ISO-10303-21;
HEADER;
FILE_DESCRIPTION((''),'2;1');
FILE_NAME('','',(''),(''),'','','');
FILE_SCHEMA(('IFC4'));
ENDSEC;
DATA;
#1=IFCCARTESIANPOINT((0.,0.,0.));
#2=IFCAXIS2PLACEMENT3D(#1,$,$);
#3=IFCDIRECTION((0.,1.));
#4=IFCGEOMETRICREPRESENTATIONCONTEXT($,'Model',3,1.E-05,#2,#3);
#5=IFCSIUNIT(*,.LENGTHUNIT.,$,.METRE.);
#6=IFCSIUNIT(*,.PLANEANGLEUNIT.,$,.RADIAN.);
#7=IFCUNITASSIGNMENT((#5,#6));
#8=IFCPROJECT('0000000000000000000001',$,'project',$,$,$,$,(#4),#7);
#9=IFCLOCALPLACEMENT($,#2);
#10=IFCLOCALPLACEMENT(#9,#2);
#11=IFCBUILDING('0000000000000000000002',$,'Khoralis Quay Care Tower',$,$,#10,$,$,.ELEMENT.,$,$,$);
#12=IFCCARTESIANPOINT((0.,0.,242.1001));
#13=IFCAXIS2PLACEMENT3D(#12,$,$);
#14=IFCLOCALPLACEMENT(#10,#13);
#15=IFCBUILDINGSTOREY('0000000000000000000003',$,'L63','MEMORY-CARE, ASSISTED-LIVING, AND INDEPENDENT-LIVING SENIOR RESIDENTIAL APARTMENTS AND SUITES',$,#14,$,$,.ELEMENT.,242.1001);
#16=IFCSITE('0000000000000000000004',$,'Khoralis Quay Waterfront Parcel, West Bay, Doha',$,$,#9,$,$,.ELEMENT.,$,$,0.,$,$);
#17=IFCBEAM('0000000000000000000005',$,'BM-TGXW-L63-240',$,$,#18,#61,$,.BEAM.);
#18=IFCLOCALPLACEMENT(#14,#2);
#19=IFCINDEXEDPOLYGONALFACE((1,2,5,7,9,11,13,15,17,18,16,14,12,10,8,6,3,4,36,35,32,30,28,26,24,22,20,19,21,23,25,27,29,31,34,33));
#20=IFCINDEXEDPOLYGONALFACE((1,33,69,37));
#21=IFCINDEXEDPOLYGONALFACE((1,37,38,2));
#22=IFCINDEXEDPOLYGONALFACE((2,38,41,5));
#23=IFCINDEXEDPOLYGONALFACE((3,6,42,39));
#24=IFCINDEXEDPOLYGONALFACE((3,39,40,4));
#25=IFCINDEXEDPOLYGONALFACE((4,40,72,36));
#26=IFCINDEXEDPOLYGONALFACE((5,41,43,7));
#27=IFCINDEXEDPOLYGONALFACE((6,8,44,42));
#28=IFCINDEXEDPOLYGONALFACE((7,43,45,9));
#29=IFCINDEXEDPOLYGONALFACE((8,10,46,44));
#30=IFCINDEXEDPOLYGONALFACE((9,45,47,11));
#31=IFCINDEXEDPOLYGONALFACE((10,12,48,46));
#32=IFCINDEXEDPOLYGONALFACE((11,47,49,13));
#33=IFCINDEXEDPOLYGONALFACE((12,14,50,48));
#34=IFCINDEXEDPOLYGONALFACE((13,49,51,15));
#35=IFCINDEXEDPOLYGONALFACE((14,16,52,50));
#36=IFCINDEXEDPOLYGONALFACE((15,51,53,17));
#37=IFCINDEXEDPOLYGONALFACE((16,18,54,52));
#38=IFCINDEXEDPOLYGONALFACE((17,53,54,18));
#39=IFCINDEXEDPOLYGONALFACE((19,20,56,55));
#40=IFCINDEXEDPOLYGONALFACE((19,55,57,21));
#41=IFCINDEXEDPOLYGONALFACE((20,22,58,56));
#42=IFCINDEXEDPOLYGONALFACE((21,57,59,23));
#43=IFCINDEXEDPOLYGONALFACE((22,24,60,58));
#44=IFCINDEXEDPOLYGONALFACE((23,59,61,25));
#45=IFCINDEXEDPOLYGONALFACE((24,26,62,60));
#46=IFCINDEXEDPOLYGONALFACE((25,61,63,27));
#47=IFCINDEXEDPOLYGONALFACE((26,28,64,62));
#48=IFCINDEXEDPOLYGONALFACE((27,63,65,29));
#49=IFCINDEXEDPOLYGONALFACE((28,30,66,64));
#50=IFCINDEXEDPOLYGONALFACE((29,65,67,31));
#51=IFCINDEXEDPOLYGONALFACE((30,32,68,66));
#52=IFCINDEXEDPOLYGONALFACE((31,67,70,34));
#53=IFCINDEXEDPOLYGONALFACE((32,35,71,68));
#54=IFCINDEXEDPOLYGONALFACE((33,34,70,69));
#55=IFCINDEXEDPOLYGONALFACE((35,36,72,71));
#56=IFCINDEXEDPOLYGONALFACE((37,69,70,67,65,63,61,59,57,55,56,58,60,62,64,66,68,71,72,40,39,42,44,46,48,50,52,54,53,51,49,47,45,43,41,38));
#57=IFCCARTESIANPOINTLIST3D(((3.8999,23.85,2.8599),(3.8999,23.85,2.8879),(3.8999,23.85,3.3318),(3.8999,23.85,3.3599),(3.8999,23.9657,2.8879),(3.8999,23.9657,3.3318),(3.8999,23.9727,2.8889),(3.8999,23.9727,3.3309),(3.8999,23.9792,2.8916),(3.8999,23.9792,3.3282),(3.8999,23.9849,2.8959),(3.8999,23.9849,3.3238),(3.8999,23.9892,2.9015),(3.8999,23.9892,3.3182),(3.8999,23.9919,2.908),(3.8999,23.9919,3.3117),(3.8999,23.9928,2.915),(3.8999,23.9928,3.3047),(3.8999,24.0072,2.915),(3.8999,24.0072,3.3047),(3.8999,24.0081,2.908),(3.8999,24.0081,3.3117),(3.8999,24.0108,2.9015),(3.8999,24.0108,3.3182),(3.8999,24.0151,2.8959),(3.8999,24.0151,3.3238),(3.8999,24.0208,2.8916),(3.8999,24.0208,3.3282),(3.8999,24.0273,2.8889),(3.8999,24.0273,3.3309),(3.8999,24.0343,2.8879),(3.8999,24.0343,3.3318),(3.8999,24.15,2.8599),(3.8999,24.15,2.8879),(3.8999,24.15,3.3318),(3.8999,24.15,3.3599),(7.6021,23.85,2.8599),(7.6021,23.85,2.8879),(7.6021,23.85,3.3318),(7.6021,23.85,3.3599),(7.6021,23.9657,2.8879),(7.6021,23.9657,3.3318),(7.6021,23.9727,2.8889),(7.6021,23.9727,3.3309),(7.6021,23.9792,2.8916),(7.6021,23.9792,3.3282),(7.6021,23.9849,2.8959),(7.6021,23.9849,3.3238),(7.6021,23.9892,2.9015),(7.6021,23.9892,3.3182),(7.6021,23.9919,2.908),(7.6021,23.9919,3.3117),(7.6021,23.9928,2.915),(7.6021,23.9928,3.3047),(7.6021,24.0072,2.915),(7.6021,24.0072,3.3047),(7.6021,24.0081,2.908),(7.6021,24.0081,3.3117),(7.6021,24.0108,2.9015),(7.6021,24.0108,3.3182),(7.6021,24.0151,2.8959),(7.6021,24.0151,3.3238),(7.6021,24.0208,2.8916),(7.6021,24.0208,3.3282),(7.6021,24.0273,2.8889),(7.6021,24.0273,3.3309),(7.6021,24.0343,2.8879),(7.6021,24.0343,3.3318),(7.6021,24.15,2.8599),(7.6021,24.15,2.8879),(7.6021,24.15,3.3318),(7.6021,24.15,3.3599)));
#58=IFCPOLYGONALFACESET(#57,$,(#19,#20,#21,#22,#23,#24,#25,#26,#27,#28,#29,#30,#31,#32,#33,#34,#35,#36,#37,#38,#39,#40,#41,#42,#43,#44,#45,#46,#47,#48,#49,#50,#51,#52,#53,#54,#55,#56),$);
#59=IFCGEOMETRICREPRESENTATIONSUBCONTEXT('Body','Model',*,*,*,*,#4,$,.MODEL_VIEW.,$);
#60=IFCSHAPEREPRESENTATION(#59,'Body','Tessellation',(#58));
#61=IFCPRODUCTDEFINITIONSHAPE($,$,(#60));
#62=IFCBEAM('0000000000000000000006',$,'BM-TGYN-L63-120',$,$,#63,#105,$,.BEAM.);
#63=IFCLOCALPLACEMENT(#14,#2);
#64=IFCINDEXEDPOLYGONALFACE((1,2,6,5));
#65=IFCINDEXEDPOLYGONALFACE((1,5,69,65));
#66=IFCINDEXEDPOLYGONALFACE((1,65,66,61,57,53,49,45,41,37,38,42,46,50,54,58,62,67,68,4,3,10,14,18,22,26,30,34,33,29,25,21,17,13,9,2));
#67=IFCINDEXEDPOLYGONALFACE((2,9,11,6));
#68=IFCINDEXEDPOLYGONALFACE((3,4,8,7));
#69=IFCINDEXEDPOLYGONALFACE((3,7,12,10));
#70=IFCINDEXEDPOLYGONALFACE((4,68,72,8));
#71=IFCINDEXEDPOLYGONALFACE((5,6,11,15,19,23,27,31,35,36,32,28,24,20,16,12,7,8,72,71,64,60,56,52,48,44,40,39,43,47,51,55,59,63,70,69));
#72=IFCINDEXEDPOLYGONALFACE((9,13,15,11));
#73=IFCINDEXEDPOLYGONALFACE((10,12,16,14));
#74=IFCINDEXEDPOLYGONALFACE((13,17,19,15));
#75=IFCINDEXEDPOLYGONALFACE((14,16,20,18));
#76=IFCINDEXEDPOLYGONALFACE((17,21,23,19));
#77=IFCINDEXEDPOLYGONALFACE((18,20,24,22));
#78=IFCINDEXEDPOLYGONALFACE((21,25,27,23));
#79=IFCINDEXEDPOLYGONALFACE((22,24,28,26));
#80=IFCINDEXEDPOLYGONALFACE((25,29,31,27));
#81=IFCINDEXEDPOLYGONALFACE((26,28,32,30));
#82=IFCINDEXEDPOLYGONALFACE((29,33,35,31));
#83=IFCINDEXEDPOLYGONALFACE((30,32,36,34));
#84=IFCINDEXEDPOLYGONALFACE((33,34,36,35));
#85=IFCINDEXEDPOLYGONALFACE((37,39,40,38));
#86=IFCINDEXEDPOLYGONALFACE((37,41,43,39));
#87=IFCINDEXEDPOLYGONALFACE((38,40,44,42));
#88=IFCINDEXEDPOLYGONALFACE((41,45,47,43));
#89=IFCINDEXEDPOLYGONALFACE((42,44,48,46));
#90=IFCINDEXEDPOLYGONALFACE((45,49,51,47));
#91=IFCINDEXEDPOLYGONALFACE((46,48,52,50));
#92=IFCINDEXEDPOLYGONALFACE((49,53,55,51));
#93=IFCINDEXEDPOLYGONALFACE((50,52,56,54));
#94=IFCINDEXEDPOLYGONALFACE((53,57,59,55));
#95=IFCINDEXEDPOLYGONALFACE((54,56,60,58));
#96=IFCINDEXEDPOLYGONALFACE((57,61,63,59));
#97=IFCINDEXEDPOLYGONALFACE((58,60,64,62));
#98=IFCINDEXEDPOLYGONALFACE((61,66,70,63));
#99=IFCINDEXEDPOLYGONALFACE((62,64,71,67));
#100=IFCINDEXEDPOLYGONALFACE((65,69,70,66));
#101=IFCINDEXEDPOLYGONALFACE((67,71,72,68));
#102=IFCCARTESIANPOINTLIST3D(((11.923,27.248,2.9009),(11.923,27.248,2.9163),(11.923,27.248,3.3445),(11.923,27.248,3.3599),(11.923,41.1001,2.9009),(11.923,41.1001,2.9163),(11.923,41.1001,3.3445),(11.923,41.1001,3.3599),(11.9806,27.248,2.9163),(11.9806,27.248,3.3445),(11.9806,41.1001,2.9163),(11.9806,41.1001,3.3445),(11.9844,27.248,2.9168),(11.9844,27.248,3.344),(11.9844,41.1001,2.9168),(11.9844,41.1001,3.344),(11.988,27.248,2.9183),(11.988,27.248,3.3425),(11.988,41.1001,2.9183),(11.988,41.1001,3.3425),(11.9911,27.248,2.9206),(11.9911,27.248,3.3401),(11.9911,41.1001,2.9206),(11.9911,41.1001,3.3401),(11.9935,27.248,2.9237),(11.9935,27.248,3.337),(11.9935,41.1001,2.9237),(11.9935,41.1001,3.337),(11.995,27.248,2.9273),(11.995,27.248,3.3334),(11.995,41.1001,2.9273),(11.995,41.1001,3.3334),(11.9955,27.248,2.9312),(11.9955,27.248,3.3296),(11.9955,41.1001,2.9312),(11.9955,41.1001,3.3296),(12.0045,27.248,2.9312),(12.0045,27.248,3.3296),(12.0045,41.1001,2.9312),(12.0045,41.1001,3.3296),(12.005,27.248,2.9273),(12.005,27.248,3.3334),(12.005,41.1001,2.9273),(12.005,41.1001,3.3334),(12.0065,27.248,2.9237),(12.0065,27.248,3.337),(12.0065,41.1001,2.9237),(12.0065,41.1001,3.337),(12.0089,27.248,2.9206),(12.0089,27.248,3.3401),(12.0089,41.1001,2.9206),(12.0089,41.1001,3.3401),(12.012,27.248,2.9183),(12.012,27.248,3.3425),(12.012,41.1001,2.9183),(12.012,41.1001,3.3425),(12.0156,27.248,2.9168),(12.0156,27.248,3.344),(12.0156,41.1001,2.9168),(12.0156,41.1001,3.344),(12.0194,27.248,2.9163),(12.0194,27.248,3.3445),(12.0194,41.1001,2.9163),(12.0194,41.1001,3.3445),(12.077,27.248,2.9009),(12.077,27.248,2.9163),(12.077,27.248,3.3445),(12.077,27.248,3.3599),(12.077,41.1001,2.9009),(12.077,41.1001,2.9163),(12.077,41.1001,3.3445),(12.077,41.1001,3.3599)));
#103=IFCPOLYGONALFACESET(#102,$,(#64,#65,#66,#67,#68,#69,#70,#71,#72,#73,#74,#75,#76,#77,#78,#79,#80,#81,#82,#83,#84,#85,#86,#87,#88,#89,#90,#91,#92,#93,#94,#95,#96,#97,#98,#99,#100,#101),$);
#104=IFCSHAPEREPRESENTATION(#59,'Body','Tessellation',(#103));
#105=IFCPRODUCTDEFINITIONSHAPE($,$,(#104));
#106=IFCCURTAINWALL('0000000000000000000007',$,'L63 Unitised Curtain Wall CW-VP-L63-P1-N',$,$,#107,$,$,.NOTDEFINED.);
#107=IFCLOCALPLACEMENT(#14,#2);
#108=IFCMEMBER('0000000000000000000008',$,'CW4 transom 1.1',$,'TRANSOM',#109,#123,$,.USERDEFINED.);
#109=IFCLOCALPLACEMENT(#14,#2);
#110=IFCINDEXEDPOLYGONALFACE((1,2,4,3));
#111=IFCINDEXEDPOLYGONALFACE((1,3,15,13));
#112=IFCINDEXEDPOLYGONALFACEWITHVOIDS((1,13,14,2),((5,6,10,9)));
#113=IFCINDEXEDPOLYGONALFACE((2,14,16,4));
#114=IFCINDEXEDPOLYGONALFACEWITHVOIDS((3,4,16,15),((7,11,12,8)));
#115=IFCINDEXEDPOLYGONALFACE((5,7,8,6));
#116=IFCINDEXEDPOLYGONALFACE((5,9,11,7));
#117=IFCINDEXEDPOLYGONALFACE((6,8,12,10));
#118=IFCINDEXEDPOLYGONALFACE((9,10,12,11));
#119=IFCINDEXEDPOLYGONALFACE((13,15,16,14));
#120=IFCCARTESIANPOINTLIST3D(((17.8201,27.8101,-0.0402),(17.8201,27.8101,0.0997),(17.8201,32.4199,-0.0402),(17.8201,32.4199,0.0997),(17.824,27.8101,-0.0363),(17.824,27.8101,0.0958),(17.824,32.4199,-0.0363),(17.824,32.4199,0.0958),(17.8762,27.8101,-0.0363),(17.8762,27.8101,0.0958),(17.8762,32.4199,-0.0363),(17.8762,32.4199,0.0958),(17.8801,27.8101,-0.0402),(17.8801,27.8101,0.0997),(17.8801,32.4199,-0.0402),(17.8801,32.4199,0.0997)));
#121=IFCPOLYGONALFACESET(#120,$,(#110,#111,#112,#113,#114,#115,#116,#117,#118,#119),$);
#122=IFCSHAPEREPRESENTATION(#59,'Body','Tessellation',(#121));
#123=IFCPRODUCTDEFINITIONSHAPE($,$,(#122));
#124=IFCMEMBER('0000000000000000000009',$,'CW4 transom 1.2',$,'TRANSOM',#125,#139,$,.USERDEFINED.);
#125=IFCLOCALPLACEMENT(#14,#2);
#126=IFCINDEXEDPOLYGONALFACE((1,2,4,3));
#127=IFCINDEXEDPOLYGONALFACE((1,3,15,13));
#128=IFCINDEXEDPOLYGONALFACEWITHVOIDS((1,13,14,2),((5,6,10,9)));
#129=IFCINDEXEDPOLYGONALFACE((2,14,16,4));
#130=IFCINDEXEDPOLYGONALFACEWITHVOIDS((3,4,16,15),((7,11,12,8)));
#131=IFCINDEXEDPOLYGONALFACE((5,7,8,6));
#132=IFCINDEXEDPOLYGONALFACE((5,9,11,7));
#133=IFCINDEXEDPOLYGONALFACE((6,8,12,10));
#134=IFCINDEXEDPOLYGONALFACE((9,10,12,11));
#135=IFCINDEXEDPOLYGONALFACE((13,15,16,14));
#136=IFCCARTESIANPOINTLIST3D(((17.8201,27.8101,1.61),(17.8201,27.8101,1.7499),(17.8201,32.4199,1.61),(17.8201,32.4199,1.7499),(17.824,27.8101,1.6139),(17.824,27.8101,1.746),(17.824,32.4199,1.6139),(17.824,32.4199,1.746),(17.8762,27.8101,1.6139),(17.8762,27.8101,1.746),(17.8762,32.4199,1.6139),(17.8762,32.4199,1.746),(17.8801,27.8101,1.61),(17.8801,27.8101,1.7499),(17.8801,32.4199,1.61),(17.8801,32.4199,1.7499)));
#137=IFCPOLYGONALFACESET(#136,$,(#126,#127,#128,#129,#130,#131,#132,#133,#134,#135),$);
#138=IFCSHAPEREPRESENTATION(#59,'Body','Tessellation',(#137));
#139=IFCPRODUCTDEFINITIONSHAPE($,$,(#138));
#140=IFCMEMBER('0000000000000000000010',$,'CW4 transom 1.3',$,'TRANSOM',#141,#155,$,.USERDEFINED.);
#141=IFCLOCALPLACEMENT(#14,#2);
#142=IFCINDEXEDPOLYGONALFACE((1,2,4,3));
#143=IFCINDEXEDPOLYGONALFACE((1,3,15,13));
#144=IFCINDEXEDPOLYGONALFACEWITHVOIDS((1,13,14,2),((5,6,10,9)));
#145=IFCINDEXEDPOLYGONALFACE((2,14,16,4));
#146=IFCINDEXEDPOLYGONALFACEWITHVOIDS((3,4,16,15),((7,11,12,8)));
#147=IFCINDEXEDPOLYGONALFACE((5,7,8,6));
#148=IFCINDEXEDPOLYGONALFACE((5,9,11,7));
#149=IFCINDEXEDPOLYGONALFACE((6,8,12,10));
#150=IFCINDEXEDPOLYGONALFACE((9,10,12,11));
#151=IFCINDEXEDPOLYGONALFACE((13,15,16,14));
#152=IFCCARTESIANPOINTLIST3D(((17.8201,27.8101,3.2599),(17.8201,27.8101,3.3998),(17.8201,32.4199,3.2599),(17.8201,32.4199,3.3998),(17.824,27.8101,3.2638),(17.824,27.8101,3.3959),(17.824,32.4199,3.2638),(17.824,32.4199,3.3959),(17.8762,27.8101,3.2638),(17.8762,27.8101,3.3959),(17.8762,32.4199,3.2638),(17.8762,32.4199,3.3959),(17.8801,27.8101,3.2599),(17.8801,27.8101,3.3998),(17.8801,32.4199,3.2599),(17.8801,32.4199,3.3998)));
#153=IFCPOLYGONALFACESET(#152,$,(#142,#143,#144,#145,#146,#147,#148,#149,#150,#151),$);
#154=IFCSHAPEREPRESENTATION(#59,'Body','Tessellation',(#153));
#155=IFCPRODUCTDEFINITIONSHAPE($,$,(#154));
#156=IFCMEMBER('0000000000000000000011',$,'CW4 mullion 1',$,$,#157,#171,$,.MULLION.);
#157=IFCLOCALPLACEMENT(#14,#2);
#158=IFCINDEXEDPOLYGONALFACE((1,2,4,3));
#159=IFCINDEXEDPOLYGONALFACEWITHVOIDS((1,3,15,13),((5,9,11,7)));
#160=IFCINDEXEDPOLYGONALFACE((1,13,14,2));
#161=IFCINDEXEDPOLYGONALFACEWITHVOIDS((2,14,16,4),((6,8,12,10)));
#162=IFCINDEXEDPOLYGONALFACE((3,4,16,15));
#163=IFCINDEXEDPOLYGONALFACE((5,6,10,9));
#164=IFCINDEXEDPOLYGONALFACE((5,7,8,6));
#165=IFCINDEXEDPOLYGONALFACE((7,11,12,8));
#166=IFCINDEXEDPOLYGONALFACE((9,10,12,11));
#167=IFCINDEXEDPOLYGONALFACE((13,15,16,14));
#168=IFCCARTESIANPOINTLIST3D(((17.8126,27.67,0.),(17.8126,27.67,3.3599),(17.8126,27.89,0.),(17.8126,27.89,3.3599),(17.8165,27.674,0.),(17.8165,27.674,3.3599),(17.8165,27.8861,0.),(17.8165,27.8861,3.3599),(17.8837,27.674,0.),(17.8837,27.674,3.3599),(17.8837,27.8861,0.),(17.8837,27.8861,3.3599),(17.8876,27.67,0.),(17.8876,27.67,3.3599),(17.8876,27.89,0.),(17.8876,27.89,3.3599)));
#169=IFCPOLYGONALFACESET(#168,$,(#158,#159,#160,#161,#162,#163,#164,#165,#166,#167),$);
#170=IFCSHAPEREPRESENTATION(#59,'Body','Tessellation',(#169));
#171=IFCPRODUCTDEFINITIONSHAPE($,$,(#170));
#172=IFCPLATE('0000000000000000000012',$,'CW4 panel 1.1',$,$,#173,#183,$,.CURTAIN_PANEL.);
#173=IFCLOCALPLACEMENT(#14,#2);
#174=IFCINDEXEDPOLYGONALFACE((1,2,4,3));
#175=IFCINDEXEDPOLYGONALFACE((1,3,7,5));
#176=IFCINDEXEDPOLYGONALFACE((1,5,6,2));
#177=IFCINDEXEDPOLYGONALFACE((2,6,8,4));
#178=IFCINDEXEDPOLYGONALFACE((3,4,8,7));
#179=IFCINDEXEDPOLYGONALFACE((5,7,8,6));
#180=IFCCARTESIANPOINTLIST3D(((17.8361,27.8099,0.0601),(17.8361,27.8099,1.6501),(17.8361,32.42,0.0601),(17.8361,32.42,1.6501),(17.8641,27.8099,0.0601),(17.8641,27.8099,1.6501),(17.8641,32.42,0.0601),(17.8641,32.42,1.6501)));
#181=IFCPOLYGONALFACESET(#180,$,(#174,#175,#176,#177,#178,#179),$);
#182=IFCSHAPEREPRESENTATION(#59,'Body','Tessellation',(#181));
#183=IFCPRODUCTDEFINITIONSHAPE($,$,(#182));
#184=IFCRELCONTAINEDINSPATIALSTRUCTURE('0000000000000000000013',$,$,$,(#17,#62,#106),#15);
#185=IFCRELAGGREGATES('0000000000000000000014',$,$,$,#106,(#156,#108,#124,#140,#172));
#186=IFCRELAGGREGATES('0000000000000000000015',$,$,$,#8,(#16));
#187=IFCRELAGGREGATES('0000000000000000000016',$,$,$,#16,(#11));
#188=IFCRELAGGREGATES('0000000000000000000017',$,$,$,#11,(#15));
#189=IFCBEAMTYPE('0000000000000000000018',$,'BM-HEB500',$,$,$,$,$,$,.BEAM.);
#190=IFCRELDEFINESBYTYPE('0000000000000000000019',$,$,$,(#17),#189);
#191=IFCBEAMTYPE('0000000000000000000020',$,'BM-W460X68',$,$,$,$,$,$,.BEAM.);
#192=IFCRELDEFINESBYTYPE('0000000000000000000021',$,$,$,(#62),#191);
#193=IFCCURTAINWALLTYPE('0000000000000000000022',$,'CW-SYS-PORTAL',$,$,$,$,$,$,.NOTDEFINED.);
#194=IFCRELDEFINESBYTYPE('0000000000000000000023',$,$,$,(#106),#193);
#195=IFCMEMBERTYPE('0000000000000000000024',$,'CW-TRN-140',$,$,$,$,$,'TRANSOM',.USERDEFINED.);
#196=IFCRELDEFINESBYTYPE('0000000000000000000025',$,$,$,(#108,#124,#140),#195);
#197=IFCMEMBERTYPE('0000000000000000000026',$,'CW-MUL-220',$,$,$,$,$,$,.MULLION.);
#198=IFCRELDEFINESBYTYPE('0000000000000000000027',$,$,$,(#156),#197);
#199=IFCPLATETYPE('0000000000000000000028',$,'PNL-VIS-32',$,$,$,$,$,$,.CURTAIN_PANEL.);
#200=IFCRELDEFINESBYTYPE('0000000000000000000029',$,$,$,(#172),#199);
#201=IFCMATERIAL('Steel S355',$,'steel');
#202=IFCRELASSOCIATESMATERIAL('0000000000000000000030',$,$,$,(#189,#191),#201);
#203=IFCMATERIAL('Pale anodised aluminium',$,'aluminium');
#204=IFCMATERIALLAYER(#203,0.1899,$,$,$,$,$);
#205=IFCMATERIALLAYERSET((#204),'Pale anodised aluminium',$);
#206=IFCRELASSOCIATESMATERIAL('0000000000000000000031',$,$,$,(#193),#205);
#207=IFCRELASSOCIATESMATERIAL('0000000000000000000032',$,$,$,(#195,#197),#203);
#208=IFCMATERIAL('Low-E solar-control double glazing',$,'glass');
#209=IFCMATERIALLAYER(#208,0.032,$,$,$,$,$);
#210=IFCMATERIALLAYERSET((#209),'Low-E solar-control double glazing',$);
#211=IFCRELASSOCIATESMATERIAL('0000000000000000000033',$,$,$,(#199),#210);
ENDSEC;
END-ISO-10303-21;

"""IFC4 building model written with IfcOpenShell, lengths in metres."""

from ifc_helpers import new_model, si_unit, direction, frame, origin, origin_2d, place, context, subcontext, project, spatial, rectangle, hollow_rectangle, i_section, extrude, source, transform, mapped, material, layer, layer_set, material_profile, profile_set, type_object, element, aggregate, save


model = new_model("IFC4")

# Units and contexts
model_context = context("Model", 3, precision=1e-05, world=origin(), true_north=direction((0.0, 1.0)))
body_context = subcontext(model_context, "Body", "Model", "MODEL_VIEW")
ifc_project = project(units=[si_unit("LENGTHUNIT", "METRE"), si_unit("PLANEANGLEUNIT", "RADIAN")], contexts=[model_context])

# Site, building, storey
site_placement = place(None, origin())
site = spatial("IfcSite", under=ifc_project, at=site_placement, Name="Khoralis Quay Waterfront Parcel, West Bay, Doha", CompositionType="ELEMENT", RefElevation=0.0)
building_placement = place(site_placement, origin())
building = spatial("IfcBuilding", under=site, at=building_placement, Name="Khoralis Quay Care Tower", CompositionType="ELEMENT")
storey_placement = place(building_placement, frame((0.0, 0.0, 242.1001)))
storey = spatial("IfcBuildingStorey", under=building, at=storey_placement, Name="L63", Description="MEMORY-CARE, ASSISTED-LIVING, AND INDEPENDENT-LIVING SENIOR RESIDENTIAL APARTMENTS AND SUITES", CompositionType="ELEMENT", Elevation=242.1001)

# Beams
ifc_material_1 = material(Name="Steel S355", Category="steel")
ifc_material_profile_1 = material_profile(ifc_material_1, i_section(OverallWidth=0.3, OverallDepth=0.5, WebThickness=0.0144, FlangeThickness=0.0281, FilletRadius=0.0271, at=origin_2d()), Name="Steel S355")
ifc_profile_set_1 = profile_set([ifc_material_profile_1], Name="Steel S355")
beam_type_1 = type_object("IfcBeamType", Name="BM-HEB500", PredefinedType="BEAM", material=ifc_profile_set_1)
ifc_material_profile_2 = material_profile(ifc_material_1, i_section(OverallWidth=0.1541, OverallDepth=0.459, WebThickness=0.009, FlangeThickness=0.0154, FilletRadius=0.0149, at=origin_2d()), Name="Steel S355")
ifc_profile_set_2 = profile_set([ifc_material_profile_2], Name="Steel S355")
beam_type_2 = type_object("IfcBeamType", Name="BM-W460X68", PredefinedType="BEAM", material=ifc_profile_set_2)
shared_shape_1 = source(origin(), body_context, "Body", "SweptSolid", [
    extrude(i_section(OverallWidth=0.3, OverallDepth=0.5, WebThickness=0.0144, FlangeThickness=0.0281, FilletRadius=0.0271, at=origin_2d()), origin(), (0.0, 0.0, 1.0), 3.7021),
])
beam_1_placement = place(storey_placement, frame((3.8999, 24.0, 3.1099), z_axis=(1.0, 0.0, 0.0), x_axis=(0.0, 1.0, 0.0)))
element("IfcBeam", 1, at=beam_1_placement, inside=storey, type_object=beam_type_1, Name="BM-TGXW-L63-240", PredefinedType="BEAM", context=body_context, shape_type="MappedRepresentation", body=[
    mapped(shared_shape_1, transform((0.0, 0.0, 0.0), scale=1.0)),
])
shared_shape_2 = source(origin(), body_context, "Body", "SweptSolid", [
    extrude(i_section(OverallWidth=0.1541, OverallDepth=0.459, WebThickness=0.009, FlangeThickness=0.0154, FilletRadius=0.0149, at=origin_2d()), origin(), (0.0, 0.0, 1.0), 13.8521),
])
beam_2_placement = place(storey_placement, frame((12.0, 27.248, 3.1304), z_axis=(0.0, 1.0, 0.0), x_axis=(-1.0, 0.0, 0.0)))
element("IfcBeam", 2, at=beam_2_placement, inside=storey, type_object=beam_type_2, Name="BM-TGYN-L63-120", PredefinedType="BEAM", context=body_context, shape_type="MappedRepresentation", body=[
    mapped(shared_shape_2, transform((0.0, 0.0, 0.0), scale=1.0)),
])

# Curtain wall, members, plate
ifc_material_2 = material(Name="Pale anodised aluminium", Category="aluminium")
ifc_layer_1 = layer(ifc_material_2, 0.1899)
ifc_layer_set_1 = layer_set([ifc_layer_1], Name="Pale anodised aluminium")
curtain_wall_type = type_object("IfcCurtainWallType", Name="CW-SYS-PORTAL", PredefinedType="NOTDEFINED", material=ifc_layer_set_1)
curtain_wall_placement = place(storey_placement, origin())
curtain_wall = element("IfcCurtainWall", 3, at=curtain_wall_placement, inside=storey, type_object=curtain_wall_type, Name="L63 Unitised Curtain Wall CW-VP-L63-P1-N", PredefinedType="NOTDEFINED")
ifc_material_profile_3 = material_profile(ifc_material_2, hollow_rectangle(XDim=0.0601, YDim=0.1399, WallThickness=0.0039, at=origin_2d()), Name="Pale anodised aluminium")
ifc_profile_set_3 = profile_set([ifc_material_profile_3], Name="Pale anodised aluminium")
member_type_1 = type_object("IfcMemberType", Name="CW-TRN-140", ElementType="TRANSOM", PredefinedType="USERDEFINED", material=ifc_profile_set_3)
shared_shape_3 = source(origin(), body_context, "Body", "SweptSolid", [
    extrude(hollow_rectangle(XDim=0.0601, YDim=0.1399, WallThickness=0.0039, at=origin_2d()), origin(), (0.0, 0.0, 1.0), 4.6099),
])
member_1_placement = place(storey_placement, frame((17.8501, 27.8101, 0.0298), z_axis=(0.0, 1.0, 0.0), x_axis=(-1.0, 0.0, 0.0)))
member_1 = element("IfcMember", 4, at=member_1_placement, type_object=member_type_1, Name="CW4 transom 1.1", ObjectType="TRANSOM", PredefinedType="USERDEFINED", context=body_context, shape_type="MappedRepresentation", body=[
    mapped(shared_shape_3, transform((0.0, 0.0, 0.0), scale=1.0)),
])
member_2_placement = place(storey_placement, frame((17.8501, 27.8101, 1.6799), z_axis=(0.0, 1.0, 0.0), x_axis=(-1.0, 0.0, 0.0)))
member_2 = element("IfcMember", 5, at=member_2_placement, type_object=member_type_1, Name="CW4 transom 1.2", ObjectType="TRANSOM", PredefinedType="USERDEFINED", context=body_context, shape_type="MappedRepresentation", body=[
    mapped(shared_shape_3, transform((0.0, 0.0, 0.0), scale=1.0)),
])
member_3_placement = place(storey_placement, frame((17.8501, 27.8101, 3.3298), z_axis=(0.0, 1.0, 0.0), x_axis=(-1.0, 0.0, 0.0)))
member_3 = element("IfcMember", 6, at=member_3_placement, type_object=member_type_1, Name="CW4 transom 1.3", ObjectType="TRANSOM", PredefinedType="USERDEFINED", context=body_context, shape_type="MappedRepresentation", body=[
    mapped(shared_shape_3, transform((0.0, 0.0, 0.0), scale=1.0)),
])
ifc_material_profile_4 = material_profile(ifc_material_2, hollow_rectangle(XDim=0.075, YDim=0.22, WallThickness=0.0039, at=origin_2d()), Name="Pale anodised aluminium")
ifc_profile_set_4 = profile_set([ifc_material_profile_4], Name="Pale anodised aluminium")
member_type_2 = type_object("IfcMemberType", Name="CW-MUL-220", PredefinedType="MULLION", material=ifc_profile_set_4)
shared_shape_4 = source(origin(), body_context, "Body", "SweptSolid", [
    extrude(hollow_rectangle(XDim=0.075, YDim=0.22, WallThickness=0.0039, at=origin_2d()), origin(), (0.0, 0.0, 1.0), 3.3599),
])
member_4_placement = place(storey_placement, frame((17.8501, 27.78, 0.0), z_axis=(0.0, 0.0, 1.0), x_axis=(-1.0, 0.0, 0.0)))
member_4 = element("IfcMember", 7, at=member_4_placement, type_object=member_type_2, Name="CW4 mullion 1", PredefinedType="MULLION", context=body_context, shape_type="MappedRepresentation", body=[
    mapped(shared_shape_4, transform((0.0, 0.0, 0.0), scale=1.0)),
])
ifc_material_3 = material(Name="Low-E solar-control double glazing", Category="glass")
ifc_layer_2 = layer(ifc_material_3, 0.032)
ifc_layer_set_2 = layer_set([ifc_layer_2], Name="Low-E solar-control double glazing")
plate_type = type_object("IfcPlateType", Name="PNL-VIS-32", PredefinedType="CURTAIN_PANEL", material=ifc_layer_set_2)
shared_shape_5 = source(origin(), body_context, "Body", "SweptSolid", [
    extrude(rectangle(XDim=4.6101, YDim=0.0281, at=origin_2d()), origin(), (0.0, 0.0, 1.0), 1.5901),
])
plate_placement = place(storey_placement, frame((17.8501, 30.115, 0.0601), z_axis=(0.0, 0.0, 1.0), x_axis=(0.0, 1.0, 0.0)))
plate = element("IfcPlate", 8, at=plate_placement, type_object=plate_type, Name="CW4 panel 1.1", PredefinedType="CURTAIN_PANEL", context=body_context, shape_type="MappedRepresentation", body=[
    mapped(shared_shape_5, transform((0.0, 0.0, 0.0), scale=1.0)),
])
aggregate(curtain_wall, [member_4, member_1, member_2, member_3, plate])

save(model, "model.ifc")
